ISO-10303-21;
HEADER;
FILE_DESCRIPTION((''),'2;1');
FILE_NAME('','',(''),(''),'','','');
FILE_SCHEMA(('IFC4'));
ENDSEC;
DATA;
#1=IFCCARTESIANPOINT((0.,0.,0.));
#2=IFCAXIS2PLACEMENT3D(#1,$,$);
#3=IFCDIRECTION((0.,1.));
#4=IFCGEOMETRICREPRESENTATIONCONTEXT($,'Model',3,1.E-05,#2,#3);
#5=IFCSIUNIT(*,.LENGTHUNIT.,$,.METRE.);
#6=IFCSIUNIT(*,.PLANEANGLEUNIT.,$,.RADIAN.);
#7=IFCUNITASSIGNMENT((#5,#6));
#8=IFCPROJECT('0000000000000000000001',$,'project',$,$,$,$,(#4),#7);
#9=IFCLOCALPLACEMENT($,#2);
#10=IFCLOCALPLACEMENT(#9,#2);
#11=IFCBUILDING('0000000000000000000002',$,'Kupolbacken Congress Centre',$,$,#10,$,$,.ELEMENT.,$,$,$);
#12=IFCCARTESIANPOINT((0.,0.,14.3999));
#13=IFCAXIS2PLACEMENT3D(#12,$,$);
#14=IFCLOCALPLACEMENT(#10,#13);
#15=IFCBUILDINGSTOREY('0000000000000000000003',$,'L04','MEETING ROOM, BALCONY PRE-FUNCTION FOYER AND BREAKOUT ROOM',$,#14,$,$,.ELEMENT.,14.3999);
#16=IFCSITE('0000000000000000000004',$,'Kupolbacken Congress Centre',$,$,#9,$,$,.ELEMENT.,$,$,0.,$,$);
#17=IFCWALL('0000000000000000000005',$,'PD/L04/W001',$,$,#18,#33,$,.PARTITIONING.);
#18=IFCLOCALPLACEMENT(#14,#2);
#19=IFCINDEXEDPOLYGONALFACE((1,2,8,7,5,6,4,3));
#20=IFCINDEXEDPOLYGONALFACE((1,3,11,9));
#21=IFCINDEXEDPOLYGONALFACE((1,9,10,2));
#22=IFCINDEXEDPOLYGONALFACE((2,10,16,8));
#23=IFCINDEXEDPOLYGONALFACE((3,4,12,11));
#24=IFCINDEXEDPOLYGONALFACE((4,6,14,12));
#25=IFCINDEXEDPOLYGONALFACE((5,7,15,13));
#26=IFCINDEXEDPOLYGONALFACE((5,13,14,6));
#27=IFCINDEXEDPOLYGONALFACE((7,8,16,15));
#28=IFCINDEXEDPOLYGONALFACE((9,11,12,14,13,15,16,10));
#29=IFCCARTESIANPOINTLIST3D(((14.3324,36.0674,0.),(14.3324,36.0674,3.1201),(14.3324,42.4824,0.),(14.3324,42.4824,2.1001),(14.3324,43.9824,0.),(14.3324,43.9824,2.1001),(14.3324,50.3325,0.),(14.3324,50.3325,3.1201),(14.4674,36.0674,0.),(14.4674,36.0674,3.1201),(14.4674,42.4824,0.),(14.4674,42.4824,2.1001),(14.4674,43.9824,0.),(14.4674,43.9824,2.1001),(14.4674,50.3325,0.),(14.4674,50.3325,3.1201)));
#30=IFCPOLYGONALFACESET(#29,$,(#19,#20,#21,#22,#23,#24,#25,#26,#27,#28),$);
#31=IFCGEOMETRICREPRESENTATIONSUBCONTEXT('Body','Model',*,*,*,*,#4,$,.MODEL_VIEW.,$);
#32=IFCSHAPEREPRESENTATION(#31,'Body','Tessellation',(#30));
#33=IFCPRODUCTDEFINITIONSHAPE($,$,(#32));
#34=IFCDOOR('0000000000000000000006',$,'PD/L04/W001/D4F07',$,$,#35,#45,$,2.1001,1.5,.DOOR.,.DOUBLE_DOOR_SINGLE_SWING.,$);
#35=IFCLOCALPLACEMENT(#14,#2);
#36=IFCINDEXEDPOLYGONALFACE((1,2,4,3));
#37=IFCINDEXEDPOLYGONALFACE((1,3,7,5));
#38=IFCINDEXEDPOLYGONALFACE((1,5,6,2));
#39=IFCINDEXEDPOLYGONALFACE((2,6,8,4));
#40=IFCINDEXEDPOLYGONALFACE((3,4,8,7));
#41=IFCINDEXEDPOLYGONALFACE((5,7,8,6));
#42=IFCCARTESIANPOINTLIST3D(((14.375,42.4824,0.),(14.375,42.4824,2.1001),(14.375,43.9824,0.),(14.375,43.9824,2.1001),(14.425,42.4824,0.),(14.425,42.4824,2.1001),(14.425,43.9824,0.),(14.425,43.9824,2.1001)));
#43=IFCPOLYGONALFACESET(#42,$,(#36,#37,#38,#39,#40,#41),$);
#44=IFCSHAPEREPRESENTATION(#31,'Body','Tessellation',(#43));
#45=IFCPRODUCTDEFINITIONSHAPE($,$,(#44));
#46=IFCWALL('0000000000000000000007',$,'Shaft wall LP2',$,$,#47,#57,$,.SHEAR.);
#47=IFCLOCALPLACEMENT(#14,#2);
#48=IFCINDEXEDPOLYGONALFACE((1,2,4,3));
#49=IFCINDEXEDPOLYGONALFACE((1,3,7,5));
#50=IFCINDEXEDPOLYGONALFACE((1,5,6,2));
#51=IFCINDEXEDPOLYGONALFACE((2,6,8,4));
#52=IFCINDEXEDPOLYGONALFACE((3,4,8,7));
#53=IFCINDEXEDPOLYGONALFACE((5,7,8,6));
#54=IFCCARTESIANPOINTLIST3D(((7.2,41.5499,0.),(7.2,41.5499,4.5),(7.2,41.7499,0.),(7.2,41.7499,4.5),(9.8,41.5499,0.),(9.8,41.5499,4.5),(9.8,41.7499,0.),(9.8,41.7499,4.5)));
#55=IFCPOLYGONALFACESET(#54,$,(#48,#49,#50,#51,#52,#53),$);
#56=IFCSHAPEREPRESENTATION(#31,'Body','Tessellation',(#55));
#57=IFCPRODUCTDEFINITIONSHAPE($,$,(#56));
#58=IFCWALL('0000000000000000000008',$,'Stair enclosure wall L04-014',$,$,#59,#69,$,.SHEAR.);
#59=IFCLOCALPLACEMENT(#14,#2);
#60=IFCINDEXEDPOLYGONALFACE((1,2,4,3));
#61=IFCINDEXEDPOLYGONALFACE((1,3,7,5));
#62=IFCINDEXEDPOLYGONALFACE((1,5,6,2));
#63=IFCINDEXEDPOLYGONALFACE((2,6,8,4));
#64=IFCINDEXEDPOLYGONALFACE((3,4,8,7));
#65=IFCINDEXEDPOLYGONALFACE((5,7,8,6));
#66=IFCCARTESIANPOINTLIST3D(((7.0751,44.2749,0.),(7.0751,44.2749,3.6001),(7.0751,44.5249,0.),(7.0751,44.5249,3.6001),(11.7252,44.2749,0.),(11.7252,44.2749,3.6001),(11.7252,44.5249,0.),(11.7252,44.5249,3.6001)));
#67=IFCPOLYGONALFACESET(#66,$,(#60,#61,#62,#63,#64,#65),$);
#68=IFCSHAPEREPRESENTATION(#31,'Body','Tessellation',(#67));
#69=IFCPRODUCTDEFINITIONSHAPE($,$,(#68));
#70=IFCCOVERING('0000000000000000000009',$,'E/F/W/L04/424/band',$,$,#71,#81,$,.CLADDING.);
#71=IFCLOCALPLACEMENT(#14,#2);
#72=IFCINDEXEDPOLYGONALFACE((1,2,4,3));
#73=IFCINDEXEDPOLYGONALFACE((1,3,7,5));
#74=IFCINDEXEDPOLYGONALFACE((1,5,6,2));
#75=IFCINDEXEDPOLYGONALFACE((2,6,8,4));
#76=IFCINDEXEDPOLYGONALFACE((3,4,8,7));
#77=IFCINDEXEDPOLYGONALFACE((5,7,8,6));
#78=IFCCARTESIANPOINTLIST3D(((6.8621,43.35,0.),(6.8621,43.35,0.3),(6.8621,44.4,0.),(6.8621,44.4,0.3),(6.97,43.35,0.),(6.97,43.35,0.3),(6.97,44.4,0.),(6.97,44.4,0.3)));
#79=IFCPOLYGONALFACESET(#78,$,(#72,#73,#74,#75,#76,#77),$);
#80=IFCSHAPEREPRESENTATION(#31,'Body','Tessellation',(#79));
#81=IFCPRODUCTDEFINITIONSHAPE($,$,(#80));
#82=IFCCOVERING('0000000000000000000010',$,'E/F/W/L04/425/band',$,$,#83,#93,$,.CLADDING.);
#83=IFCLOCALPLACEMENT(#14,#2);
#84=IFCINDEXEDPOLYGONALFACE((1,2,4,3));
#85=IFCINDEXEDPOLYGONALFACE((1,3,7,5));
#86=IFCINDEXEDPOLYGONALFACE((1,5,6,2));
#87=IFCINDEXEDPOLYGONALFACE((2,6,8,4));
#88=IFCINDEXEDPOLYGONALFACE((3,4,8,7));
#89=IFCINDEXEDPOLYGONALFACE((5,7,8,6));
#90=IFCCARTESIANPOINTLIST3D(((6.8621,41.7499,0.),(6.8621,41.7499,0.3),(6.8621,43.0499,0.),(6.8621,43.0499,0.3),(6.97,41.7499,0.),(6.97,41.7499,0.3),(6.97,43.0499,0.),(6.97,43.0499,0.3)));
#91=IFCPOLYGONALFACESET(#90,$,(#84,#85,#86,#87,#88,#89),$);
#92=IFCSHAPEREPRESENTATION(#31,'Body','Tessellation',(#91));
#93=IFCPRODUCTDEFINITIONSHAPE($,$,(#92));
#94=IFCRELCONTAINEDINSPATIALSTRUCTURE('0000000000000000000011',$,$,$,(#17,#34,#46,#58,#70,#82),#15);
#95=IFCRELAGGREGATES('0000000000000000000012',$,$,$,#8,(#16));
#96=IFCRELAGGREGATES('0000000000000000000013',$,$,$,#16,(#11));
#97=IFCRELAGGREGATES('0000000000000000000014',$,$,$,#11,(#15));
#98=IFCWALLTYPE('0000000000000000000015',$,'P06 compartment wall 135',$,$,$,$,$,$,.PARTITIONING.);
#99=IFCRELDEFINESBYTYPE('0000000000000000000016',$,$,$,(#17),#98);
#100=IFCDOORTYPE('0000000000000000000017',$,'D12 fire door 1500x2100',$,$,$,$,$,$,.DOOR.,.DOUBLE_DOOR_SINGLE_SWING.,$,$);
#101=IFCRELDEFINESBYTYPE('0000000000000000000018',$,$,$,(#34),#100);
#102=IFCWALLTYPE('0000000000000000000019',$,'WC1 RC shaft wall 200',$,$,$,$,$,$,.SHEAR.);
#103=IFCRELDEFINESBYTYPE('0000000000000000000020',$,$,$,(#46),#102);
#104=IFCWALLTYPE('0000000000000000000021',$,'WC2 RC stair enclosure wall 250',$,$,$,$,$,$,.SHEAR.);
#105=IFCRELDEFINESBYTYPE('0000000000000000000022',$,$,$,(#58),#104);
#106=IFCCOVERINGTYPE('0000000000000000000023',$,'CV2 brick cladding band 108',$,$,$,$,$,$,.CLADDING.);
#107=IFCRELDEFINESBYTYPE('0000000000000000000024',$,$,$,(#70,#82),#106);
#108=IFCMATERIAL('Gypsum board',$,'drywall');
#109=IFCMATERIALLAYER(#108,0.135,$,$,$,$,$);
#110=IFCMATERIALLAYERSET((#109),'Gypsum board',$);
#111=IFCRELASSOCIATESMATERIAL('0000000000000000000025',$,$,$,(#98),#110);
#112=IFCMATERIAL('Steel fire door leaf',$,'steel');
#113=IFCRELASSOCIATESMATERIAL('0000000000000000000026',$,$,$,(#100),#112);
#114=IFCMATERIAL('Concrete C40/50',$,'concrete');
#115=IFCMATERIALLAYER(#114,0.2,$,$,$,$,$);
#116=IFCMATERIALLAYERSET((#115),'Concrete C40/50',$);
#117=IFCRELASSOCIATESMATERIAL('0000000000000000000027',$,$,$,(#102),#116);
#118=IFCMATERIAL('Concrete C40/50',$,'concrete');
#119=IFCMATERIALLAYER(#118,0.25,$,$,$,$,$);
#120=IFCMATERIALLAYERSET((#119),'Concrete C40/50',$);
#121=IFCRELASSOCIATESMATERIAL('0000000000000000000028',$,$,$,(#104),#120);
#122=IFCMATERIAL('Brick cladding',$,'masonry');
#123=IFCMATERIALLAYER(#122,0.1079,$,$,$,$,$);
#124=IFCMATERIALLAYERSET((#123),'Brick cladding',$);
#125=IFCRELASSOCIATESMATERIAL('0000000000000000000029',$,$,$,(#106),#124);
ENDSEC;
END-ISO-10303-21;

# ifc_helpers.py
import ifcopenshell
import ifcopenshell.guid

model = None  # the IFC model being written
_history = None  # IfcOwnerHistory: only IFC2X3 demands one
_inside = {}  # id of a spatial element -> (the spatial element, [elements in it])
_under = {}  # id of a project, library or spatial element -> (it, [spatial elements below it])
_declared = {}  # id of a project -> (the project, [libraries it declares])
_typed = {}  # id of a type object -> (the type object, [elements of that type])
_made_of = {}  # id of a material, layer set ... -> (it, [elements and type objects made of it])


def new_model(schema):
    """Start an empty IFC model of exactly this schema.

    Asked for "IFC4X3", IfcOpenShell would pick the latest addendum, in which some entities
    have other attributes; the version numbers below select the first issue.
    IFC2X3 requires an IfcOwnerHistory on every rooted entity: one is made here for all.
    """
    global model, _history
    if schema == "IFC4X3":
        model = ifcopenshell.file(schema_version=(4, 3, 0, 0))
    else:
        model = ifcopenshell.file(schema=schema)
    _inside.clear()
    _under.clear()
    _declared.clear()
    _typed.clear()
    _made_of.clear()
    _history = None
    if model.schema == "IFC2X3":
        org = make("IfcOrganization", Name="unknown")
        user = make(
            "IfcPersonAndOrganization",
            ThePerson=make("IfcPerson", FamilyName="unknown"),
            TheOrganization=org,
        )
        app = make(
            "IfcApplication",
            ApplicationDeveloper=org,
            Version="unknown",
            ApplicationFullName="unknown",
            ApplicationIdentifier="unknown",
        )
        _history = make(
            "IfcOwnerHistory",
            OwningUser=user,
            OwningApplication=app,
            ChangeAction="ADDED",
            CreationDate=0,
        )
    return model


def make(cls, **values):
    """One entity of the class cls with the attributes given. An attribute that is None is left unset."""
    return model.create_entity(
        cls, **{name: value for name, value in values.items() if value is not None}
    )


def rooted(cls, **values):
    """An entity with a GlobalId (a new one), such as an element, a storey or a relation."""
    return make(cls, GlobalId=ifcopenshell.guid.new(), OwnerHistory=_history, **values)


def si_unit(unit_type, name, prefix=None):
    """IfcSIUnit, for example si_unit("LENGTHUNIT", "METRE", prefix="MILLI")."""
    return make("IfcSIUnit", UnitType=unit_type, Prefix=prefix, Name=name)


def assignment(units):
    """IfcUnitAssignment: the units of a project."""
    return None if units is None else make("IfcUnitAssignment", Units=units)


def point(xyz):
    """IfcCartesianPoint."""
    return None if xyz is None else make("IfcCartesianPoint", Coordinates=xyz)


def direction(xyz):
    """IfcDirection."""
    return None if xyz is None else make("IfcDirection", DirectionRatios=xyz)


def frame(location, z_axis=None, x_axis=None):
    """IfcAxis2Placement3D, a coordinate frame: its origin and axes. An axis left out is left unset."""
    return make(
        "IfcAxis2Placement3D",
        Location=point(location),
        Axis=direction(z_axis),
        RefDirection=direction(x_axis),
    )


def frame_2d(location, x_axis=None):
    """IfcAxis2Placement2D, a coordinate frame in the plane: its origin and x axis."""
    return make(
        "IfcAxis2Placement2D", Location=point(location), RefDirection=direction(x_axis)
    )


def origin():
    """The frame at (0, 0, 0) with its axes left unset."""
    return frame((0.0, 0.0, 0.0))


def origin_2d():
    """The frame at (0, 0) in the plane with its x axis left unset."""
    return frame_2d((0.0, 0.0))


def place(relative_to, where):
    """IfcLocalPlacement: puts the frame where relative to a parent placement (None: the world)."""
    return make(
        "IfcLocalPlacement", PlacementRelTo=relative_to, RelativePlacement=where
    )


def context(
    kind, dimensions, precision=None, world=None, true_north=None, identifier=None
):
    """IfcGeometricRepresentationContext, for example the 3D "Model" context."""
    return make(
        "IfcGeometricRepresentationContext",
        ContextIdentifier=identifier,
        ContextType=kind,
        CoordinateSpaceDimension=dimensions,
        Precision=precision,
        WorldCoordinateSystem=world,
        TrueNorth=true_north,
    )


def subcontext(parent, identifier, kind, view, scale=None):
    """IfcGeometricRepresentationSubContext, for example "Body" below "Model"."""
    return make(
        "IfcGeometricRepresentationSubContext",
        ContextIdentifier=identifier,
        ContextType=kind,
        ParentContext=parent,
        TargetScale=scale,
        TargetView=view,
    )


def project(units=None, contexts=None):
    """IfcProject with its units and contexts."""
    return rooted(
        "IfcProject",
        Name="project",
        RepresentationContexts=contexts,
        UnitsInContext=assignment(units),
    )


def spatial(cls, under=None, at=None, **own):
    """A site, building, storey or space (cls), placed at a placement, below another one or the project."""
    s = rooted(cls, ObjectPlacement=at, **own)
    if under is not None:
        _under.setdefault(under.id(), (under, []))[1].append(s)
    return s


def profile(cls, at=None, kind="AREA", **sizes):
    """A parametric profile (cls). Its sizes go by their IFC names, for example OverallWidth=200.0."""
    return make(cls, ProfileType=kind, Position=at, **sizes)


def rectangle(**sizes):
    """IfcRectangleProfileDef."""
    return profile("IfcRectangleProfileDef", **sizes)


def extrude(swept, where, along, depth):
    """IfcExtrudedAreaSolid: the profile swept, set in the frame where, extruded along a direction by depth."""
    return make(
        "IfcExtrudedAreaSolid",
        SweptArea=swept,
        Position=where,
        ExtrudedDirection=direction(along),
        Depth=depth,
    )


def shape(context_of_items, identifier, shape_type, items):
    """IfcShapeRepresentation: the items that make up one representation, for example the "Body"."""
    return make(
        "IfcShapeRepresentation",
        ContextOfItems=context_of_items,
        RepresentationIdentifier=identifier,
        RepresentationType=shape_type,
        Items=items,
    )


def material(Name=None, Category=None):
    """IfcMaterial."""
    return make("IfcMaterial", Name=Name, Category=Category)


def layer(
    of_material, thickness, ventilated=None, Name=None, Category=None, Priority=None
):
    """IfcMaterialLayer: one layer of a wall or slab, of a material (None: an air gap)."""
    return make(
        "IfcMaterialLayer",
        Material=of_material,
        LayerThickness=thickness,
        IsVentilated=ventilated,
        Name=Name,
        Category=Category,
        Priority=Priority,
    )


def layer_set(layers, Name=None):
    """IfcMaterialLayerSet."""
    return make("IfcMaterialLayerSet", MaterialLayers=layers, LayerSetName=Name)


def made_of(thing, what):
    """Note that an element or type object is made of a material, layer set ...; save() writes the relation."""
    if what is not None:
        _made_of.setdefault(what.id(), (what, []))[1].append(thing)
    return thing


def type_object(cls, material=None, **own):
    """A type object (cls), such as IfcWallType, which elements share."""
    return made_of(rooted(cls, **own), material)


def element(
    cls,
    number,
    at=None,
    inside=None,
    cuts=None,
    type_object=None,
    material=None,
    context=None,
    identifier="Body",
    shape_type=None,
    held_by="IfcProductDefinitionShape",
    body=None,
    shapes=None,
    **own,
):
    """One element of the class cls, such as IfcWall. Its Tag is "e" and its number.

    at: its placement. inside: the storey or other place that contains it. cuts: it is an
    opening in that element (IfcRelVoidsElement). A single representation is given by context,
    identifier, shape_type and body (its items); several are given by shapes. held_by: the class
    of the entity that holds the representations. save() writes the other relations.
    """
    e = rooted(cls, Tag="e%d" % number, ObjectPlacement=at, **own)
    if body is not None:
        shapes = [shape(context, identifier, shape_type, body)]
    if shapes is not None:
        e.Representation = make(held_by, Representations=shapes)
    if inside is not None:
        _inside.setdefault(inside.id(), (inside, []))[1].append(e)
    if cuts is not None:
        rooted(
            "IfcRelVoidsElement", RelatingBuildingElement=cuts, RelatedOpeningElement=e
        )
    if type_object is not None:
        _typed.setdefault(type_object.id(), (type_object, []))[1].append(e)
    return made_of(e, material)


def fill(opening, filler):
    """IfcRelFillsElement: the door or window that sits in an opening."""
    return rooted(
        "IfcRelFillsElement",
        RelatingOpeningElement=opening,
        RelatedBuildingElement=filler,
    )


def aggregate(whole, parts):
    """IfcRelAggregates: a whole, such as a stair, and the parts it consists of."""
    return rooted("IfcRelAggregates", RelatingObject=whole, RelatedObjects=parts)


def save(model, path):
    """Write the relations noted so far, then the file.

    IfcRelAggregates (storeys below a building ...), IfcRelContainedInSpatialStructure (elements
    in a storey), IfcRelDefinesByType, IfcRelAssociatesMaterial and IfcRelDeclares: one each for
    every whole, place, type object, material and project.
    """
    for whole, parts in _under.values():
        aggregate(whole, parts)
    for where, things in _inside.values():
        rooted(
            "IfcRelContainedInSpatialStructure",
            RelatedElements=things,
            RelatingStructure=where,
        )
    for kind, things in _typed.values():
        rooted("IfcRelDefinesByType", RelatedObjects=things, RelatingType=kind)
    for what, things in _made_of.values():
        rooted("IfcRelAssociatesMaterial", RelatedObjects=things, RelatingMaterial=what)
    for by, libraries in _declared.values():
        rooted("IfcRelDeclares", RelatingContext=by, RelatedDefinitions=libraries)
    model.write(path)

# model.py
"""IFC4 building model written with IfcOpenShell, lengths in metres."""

from ifc_helpers import new_model, si_unit, direction, frame, frame_2d, origin, origin_2d, place, context, subcontext, project, spatial, rectangle, extrude, material, layer, layer_set, type_object, element, fill, save


model = new_model("IFC4")

# Units and contexts
model_context = context("Model", 3, precision=1e-05, world=origin(), true_north=direction((0.0, 1.0)))
body_context = subcontext(model_context, "Body", "Model", "MODEL_VIEW")
ifc_project = project(units=[si_unit("LENGTHUNIT", "METRE"), si_unit("PLANEANGLEUNIT", "RADIAN")], contexts=[model_context])

# Site, building, storey
site_placement = place(None, origin())
site = spatial("IfcSite", under=ifc_project, at=site_placement, Name="Kupolbacken Congress Centre", CompositionType="ELEMENT", RefElevation=0.0)
building_placement = place(site_placement, origin())
building = spatial("IfcBuilding", under=site, at=building_placement, Name="Kupolbacken Congress Centre", CompositionType="ELEMENT")
storey_placement = place(building_placement, frame((0.0, 0.0, 14.3999)))
storey = spatial("IfcBuildingStorey", under=building, at=storey_placement, Name="L04", Description="MEETING ROOM, BALCONY PRE-FUNCTION FOYER AND BREAKOUT ROOM", CompositionType="ELEMENT", Elevation=14.3999)

# Wall, opening, door
ifc_material_1 = material(Name="Gypsum board", Category="drywall")
ifc_layer_1 = layer(ifc_material_1, 0.135)
ifc_layer_set_1 = layer_set([ifc_layer_1], Name="Gypsum board")
wall_type_1 = type_object("IfcWallType", Name="P06 compartment wall 135", PredefinedType="PARTITIONING", material=ifc_layer_set_1)
wall_1_placement = place(storey_placement, frame((14.3999, 50.3325, 0.0), z_axis=(0.0, 0.0, 1.0), x_axis=(0.0, -1.0, 0.0)))
wall_1 = element("IfcWall", 1, at=wall_1_placement, inside=storey, type_object=wall_type_1, Name="PD/L04/W001", PredefinedType="PARTITIONING", context=body_context, shape_type="SweptSolid", body=[
    extrude(rectangle(XDim=14.2651, YDim=0.135, at=frame_2d((7.1326, 0.0))), origin(), (0.0, 0.0, 1.0), 3.1201),
])
opening_1_placement = place(wall_1_placement, frame((6.3501, 0.0, 0.0)))
opening_1 = element("IfcOpeningElement", 2, at=opening_1_placement, cuts=wall_1, PredefinedType="OPENING", context=body_context, shape_type="SweptSolid", body=[
    extrude(rectangle(XDim=1.5, YDim=2.1001, at=frame_2d((0.75, 1.05))), frame((0.0, 0.0774, 0.0), z_axis=(0.0, -1.0, 0.0), x_axis=(1.0, 0.0, 0.0)), (0.0, 0.0, 1.0), 0.155),
])
ifc_material_2 = material(Name="Steel fire door leaf", Category="steel")
door_type_1 = type_object("IfcDoorType", Name="D12 fire door 1500x2100", OperationType="DOUBLE_DOOR_SINGLE_SWING", PredefinedType="DOOR", material=ifc_material_2)
door_1_placement = place(opening_1_placement, frame((1.5, 0.0, 0.0), z_axis=(0.0, 0.0, 1.0), x_axis=(-1.0, 0.0, 0.0)))
door_1 = element("IfcDoor", 3, at=door_1_placement, inside=storey, type_object=door_type_1, Name="PD/L04/W001/D4F07", OperationType="DOUBLE_DOOR_SINGLE_SWING", OverallHeight=2.1001, OverallWidth=1.5, PredefinedType="DOOR", context=body_context, shape_type="SweptSolid", body=[
    extrude(rectangle(XDim=1.5, YDim=2.1001, at=frame_2d((0.75, 1.05))), frame((0.0, 0.0249, 0.0), z_axis=(0.0, -1.0, 0.0), x_axis=(1.0, 0.0, 0.0)), (0.0, 0.0, 1.0), 0.05),
])
fill(opening_1, door_1)

# Walls
ifc_material_3 = material(Name="Concrete C40/50", Category="concrete")
ifc_layer_2 = layer(ifc_material_3, 0.2)
ifc_layer_set_2 = layer_set([ifc_layer_2], Name="Concrete C40/50")
wall_type_2 = type_object("IfcWallType", Name="WC1 RC shaft wall 200", PredefinedType="SHEAR", material=ifc_layer_set_2)
wall_2_placement = place(storey_placement, frame((7.2, 41.6499, 0.0), z_axis=(0.0, 0.0, 1.0), x_axis=(1.0, 0.0, 0.0)))
element("IfcWall", 4, at=wall_2_placement, inside=storey, type_object=wall_type_2, Name="Shaft wall LP2", PredefinedType="SHEAR", context=body_context, shape_type="SweptSolid", body=[
    extrude(rectangle(XDim=2.6001, YDim=0.2, at=frame_2d((1.3, 0.0))), origin(), (0.0, 0.0, 1.0), 4.5),
])
ifc_material_4 = material(Name="Concrete C40/50", Category="concrete")
ifc_layer_3 = layer(ifc_material_4, 0.25)
ifc_layer_set_3 = layer_set([ifc_layer_3], Name="Concrete C40/50")
wall_type_3 = type_object("IfcWallType", Name="WC2 RC stair enclosure wall 250", PredefinedType="SHEAR", material=ifc_layer_set_3)
wall_3_placement = place(storey_placement, frame((7.075, 44.3999, 0.0), z_axis=(0.0, 0.0, 1.0), x_axis=(1.0, 0.0, 0.0)))
element("IfcWall", 5, at=wall_3_placement, inside=storey, type_object=wall_type_3, Name="Stair enclosure wall L04-014", PredefinedType="SHEAR", context=body_context, shape_type="SweptSolid", body=[
    extrude(rectangle(XDim=4.6501, YDim=0.25, at=frame_2d((2.3252, 0.0))), origin(), (0.0, 0.0, 1.0), 3.6001),
])

# Coverings
ifc_material_5 = material(Name="Brick cladding", Category="masonry")
ifc_layer_4 = layer(ifc_material_5, 0.1079)
ifc_layer_set_4 = layer_set([ifc_layer_4], Name="Brick cladding")
covering_type = type_object("IfcCoveringType", Name="CV2 brick cladding band 108", PredefinedType="CLADDING", material=ifc_layer_set_4)
covering_1_placement = place(storey_placement, frame((6.916, 43.875, 0.0), z_axis=(0.0, 0.0, 1.0), x_axis=(0.0, -1.0, 0.0)))
element("IfcCovering", 6, at=covering_1_placement, inside=storey, type_object=covering_type, Name="E/F/W/L04/424/band", PredefinedType="CLADDING", context=body_context, shape_type="SweptSolid", body=[
    extrude(rectangle(XDim=1.05, YDim=0.1079, at=origin_2d()), origin(), (0.0, 0.0, 1.0), 0.3),
])
covering_2_placement = place(storey_placement, frame((6.916, 42.3999, 0.0), z_axis=(0.0, 0.0, 1.0), x_axis=(0.0, -1.0, 0.0)))
element("IfcCovering", 7, at=covering_2_placement, inside=storey, type_object=covering_type, Name="E/F/W/L04/425/band", PredefinedType="CLADDING", context=body_context, shape_type="SweptSolid", body=[
    extrude(rectangle(XDim=1.3, YDim=0.1079, at=origin_2d()), origin(), (0.0, 0.0, 1.0), 0.3),
])

save(model, "model.ifc")
